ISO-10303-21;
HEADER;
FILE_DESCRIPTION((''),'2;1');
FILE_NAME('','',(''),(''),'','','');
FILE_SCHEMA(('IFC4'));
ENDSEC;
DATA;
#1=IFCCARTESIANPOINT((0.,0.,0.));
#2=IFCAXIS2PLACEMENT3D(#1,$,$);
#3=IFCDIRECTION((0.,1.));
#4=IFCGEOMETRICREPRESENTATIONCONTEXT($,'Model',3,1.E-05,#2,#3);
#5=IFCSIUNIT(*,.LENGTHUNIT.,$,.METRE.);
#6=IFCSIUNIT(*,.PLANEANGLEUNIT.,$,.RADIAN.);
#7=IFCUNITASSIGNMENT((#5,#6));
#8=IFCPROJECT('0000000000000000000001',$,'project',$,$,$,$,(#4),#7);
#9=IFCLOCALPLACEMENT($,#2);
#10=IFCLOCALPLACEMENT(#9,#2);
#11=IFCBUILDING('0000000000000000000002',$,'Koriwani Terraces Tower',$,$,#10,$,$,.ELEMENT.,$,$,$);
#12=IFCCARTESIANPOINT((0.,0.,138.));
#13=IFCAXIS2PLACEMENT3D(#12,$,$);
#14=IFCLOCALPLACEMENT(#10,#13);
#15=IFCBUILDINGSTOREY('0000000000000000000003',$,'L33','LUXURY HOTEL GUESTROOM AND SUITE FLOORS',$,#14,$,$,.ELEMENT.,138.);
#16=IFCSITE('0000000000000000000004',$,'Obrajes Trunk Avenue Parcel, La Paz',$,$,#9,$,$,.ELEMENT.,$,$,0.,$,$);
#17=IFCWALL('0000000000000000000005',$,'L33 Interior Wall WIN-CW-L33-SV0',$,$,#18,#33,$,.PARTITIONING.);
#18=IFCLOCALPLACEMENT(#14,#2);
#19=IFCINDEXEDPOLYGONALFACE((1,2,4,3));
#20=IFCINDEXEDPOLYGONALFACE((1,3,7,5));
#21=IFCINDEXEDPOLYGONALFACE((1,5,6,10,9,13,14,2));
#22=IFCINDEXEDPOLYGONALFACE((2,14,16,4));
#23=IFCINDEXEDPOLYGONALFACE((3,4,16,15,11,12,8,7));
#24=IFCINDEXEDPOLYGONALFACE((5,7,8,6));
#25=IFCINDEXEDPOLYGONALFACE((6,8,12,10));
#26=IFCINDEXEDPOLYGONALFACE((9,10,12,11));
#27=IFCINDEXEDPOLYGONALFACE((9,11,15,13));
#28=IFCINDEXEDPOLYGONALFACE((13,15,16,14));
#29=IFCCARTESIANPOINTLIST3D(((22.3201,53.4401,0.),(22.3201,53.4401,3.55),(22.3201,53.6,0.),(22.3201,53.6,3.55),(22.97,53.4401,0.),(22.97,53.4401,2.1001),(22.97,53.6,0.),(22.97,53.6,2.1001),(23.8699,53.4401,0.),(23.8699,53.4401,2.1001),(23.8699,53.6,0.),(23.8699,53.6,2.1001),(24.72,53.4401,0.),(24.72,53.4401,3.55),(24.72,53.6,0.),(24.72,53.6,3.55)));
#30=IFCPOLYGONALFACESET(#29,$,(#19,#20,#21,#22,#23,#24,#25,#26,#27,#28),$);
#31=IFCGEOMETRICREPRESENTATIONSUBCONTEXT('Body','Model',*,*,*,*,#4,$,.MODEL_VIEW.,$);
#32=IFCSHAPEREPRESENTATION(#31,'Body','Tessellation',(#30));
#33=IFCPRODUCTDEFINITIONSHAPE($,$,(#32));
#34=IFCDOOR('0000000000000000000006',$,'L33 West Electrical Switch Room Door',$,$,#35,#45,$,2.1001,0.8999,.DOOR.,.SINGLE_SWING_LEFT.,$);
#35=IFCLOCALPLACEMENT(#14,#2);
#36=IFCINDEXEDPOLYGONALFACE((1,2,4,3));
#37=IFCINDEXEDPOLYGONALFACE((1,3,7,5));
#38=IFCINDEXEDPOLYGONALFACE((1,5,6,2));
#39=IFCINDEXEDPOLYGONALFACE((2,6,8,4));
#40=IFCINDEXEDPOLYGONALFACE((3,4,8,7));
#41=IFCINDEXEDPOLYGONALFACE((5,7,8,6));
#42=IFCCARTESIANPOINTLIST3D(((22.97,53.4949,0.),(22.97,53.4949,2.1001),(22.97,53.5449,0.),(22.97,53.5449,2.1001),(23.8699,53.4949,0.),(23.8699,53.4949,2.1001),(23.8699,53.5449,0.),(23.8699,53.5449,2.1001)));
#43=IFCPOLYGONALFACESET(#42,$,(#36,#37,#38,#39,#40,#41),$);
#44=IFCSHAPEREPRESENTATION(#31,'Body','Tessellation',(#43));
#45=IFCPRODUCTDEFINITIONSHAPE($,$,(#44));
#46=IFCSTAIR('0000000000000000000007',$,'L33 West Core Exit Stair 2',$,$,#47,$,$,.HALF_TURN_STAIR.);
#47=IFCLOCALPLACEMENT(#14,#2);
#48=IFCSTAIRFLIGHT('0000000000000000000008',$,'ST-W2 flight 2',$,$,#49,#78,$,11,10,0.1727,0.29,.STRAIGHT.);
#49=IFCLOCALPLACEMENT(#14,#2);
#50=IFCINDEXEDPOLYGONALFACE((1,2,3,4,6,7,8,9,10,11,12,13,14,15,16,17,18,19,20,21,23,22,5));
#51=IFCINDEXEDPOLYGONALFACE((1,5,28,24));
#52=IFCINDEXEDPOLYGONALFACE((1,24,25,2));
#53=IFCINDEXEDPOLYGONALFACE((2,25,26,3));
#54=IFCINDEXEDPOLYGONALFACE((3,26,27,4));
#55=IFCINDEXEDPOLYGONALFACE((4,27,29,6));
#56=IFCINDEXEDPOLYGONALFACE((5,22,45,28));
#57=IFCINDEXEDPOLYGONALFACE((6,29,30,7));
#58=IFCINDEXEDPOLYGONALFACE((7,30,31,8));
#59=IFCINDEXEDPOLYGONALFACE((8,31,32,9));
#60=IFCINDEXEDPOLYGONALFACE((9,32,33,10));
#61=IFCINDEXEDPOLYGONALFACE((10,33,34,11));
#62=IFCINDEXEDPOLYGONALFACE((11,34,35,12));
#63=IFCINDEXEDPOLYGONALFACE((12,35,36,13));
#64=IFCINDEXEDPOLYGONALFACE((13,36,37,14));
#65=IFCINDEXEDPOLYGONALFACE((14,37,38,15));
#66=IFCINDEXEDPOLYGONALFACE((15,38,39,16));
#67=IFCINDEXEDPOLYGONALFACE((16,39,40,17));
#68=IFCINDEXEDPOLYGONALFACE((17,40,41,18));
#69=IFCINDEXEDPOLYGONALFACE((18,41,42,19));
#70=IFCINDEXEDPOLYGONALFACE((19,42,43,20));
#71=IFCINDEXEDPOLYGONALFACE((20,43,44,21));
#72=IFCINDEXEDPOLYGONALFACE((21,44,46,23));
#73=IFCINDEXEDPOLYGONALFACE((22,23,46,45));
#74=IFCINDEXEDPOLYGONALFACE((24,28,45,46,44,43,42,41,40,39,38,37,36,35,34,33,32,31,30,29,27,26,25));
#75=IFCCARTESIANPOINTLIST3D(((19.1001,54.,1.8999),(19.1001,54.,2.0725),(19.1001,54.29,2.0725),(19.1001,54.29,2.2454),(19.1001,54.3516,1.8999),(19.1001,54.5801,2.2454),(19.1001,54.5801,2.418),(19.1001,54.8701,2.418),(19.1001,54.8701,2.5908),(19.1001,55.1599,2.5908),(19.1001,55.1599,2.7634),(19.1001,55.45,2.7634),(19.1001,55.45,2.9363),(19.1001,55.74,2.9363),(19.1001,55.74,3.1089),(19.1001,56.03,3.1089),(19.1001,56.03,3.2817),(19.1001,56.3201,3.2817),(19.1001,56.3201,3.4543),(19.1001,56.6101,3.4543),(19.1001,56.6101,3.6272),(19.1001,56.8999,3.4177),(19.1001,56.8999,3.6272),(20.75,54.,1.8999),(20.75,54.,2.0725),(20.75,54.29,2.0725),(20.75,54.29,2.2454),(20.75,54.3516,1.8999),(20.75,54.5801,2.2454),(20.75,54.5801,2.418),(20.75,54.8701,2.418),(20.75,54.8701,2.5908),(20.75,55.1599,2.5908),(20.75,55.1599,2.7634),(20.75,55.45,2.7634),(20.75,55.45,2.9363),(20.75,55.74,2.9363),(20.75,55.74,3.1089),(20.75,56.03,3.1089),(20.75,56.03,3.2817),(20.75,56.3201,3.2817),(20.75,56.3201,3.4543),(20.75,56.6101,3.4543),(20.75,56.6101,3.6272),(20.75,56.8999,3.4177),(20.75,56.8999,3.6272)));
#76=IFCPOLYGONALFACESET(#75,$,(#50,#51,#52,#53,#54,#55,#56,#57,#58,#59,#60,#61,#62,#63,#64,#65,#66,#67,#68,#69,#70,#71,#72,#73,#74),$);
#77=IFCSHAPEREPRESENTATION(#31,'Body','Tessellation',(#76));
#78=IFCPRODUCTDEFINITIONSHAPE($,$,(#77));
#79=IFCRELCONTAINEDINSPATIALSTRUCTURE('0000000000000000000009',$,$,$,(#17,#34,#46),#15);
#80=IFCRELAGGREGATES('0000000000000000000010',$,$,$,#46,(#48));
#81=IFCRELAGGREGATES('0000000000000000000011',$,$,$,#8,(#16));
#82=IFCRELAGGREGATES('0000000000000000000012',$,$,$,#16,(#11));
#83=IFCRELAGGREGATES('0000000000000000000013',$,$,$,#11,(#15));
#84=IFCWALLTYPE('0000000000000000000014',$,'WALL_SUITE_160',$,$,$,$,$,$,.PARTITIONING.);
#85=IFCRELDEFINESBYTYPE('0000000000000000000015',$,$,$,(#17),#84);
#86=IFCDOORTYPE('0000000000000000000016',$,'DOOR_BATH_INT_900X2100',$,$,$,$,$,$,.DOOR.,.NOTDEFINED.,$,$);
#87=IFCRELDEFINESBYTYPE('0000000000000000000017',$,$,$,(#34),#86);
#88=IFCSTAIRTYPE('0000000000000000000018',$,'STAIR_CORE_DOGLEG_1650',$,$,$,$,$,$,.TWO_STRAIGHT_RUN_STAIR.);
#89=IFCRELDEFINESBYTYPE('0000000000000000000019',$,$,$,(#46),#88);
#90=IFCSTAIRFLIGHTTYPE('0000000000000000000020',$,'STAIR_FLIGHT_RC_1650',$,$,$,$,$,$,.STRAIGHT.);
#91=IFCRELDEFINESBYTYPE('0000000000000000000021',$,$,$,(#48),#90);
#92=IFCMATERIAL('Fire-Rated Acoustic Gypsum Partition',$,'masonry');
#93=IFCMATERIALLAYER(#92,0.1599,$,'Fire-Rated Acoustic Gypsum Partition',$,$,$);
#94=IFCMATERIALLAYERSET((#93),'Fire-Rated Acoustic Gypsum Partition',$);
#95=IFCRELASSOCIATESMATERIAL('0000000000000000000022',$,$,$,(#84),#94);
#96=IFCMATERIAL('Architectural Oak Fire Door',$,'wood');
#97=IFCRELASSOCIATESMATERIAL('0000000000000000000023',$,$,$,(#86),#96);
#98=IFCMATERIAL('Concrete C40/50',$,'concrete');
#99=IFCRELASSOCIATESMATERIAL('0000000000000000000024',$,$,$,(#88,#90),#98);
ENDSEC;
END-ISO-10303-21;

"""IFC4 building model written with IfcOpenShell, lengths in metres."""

from ifc_helpers import new_model, si_unit, direction, frame, frame_2d, origin, place, context, subcontext, project, spatial, polyline, rectangle, outline, extrude, material, layer, layer_set, type_object, element, fill, aggregate, save


model = new_model("IFC4")

# Units and contexts
model_context = context("Model", 3, precision=1e-05, world=origin(), true_north=direction((0.0, 1.0)))
body_context = subcontext(model_context, "Body", "Model", "MODEL_VIEW")
ifc_project = project(units=[si_unit("LENGTHUNIT", "METRE"), si_unit("PLANEANGLEUNIT", "RADIAN")], contexts=[model_context])

# Site, building, storey
site_placement = place(None, origin())
site = spatial("IfcSite", under=ifc_project, at=site_placement, Name="Obrajes Trunk Avenue Parcel, La Paz", CompositionType="ELEMENT", RefElevation=0.0)
building_placement = place(site_placement, origin())
building = spatial("IfcBuilding", under=site, at=building_placement, Name="Koriwani Terraces Tower", CompositionType="ELEMENT")
storey_placement = place(building_placement, frame((0.0, 0.0, 138.0)))
storey = spatial("IfcBuildingStorey", under=building, at=storey_placement, Name="L33", Description="LUXURY HOTEL GUESTROOM AND SUITE FLOORS", CompositionType="ELEMENT", Elevation=138.0)

# Shared definitions
ifc_material_1 = material(Name="Architectural Oak Fire Door", Category="wood")

# Shared definitions
ifc_material_2 = material(Name="Concrete C40/50", Category="concrete")

# Wall, opening, door
ifc_material_3 = material(Name="Fire-Rated Acoustic Gypsum Partition", Category="masonry")
ifc_layer_1 = layer(ifc_material_3, 0.1599, Name="Fire-Rated Acoustic Gypsum Partition")
ifc_layer_set_1 = layer_set([ifc_layer_1], Name="Fire-Rated Acoustic Gypsum Partition")
wall_type_1 = type_object("IfcWallType", Name="WALL_SUITE_160", PredefinedType="PARTITIONING", material=ifc_layer_set_1)
wall_1_placement = place(storey_placement, frame((22.3201, 53.52, 0.0), z_axis=(0.0, 0.0, 1.0), x_axis=(1.0, 0.0, 0.0)))
wall_1 = element("IfcWall", 1, at=wall_1_placement, inside=storey, type_object=wall_type_1, Name="L33 Interior Wall WIN-CW-L33-SV0", PredefinedType="PARTITIONING", context=body_context, shape_type="SweptSolid", body=[
    extrude(rectangle(XDim=2.3999, YDim=0.1599, at=frame_2d((1.2, 0.0))), origin(), (0.0, 0.0, 1.0), 3.55),
])
opening_1_placement = place(wall_1_placement, frame((0.6499, 0.0, 0.0)))
opening_1 = element("IfcOpeningElement", 2, at=opening_1_placement, cuts=wall_1, PredefinedType="OPENING", context=body_context, shape_type="SweptSolid", body=[
    extrude(rectangle(XDim=0.8999, YDim=2.1001, at=frame_2d((0.45, 1.05))), frame((0.0, 0.0898, 0.0), z_axis=(0.0, -1.0, 0.0), x_axis=(1.0, 0.0, 0.0)), (0.0, 0.0, 1.0), 0.1799),
])
door_type_1 = type_object("IfcDoorType", Name="DOOR_BATH_INT_900X2100", OperationType="NOTDEFINED", PredefinedType="DOOR", material=ifc_material_1)
door_1_placement = place(opening_1_placement, origin())
door_1 = element("IfcDoor", 3, at=door_1_placement, inside=storey, type_object=door_type_1, Name="L33 West Electrical Switch Room Door", OperationType="SINGLE_SWING_LEFT", OverallHeight=2.1001, OverallWidth=0.8999, PredefinedType="DOOR", context=body_context, shape_type="SweptSolid", body=[
    extrude(rectangle(XDim=0.8999, YDim=2.1001, at=frame_2d((0.45, 1.05))), frame((0.0, 0.0249, 0.0), z_axis=(0.0, -1.0, 0.0), x_axis=(1.0, 0.0, 0.0)), (0.0, 0.0, 1.0), 0.05),
])
fill(opening_1, door_1)

# Stair, stair flight
stair_type = type_object("IfcStairType", Name="STAIR_CORE_DOGLEG_1650", PredefinedType="TWO_STRAIGHT_RUN_STAIR", material=ifc_material_2)
stair_placement = place(storey_placement, origin())
stair = element("IfcStair", 4, at=stair_placement, inside=storey, type_object=stair_type, Name="L33 West Core Exit Stair 2", PredefinedType="HALF_TURN_STAIR")
stair_flight_type = type_object("IfcStairFlightType", Name="STAIR_FLIGHT_RC_1650", PredefinedType="STRAIGHT", material=ifc_material_2)
stair_flight_placement = place(storey_placement, frame((19.925, 54.0, 1.8999), z_axis=(0.0, 0.0, 1.0), x_axis=(0.0, 1.0, 0.0)))
stair_flight = element("IfcStairFlight", 5, at=stair_flight_placement, type_object=stair_flight_type, Name="ST-W2 flight 2", NumberOfRisers=11, NumberOfTreads=10, PredefinedType="STRAIGHT", RiserHeight=0.1727, TreadLength=0.29, context=body_context, shape_type="SweptSolid", body=[
    extrude(outline(polyline([(0.0, 0.0), (0.0, 0.1726), (0.29, 0.1726), (0.29, 0.3455), (0.5801, 0.3455), (0.5801, 0.5181), (0.8701, 0.5181), (0.8701, 0.6909), (1.1599, 0.6909), (1.1599, 0.8635), (1.45, 0.8635), (1.45, 1.0364), (1.74, 1.0364), (1.74, 1.209), (2.03, 1.209), (2.03, 1.3818), (2.3201, 1.3818), (2.3201, 1.5544), (2.6101, 1.5544), (2.6101, 1.7273), (2.8999, 1.7273), (2.8999, 1.8999), (2.8999, 1.5178), (0.3516, 0.0), (0.0, 0.0)])), frame((0.0, 0.825, 0.0), z_axis=(0.0, -1.0, 0.0), x_axis=(1.0, 0.0, 0.0)), (0.0, 0.0, 1.0), 1.6499),
])
aggregate(stair, [stair_flight])

save(model, "model.ifc")
